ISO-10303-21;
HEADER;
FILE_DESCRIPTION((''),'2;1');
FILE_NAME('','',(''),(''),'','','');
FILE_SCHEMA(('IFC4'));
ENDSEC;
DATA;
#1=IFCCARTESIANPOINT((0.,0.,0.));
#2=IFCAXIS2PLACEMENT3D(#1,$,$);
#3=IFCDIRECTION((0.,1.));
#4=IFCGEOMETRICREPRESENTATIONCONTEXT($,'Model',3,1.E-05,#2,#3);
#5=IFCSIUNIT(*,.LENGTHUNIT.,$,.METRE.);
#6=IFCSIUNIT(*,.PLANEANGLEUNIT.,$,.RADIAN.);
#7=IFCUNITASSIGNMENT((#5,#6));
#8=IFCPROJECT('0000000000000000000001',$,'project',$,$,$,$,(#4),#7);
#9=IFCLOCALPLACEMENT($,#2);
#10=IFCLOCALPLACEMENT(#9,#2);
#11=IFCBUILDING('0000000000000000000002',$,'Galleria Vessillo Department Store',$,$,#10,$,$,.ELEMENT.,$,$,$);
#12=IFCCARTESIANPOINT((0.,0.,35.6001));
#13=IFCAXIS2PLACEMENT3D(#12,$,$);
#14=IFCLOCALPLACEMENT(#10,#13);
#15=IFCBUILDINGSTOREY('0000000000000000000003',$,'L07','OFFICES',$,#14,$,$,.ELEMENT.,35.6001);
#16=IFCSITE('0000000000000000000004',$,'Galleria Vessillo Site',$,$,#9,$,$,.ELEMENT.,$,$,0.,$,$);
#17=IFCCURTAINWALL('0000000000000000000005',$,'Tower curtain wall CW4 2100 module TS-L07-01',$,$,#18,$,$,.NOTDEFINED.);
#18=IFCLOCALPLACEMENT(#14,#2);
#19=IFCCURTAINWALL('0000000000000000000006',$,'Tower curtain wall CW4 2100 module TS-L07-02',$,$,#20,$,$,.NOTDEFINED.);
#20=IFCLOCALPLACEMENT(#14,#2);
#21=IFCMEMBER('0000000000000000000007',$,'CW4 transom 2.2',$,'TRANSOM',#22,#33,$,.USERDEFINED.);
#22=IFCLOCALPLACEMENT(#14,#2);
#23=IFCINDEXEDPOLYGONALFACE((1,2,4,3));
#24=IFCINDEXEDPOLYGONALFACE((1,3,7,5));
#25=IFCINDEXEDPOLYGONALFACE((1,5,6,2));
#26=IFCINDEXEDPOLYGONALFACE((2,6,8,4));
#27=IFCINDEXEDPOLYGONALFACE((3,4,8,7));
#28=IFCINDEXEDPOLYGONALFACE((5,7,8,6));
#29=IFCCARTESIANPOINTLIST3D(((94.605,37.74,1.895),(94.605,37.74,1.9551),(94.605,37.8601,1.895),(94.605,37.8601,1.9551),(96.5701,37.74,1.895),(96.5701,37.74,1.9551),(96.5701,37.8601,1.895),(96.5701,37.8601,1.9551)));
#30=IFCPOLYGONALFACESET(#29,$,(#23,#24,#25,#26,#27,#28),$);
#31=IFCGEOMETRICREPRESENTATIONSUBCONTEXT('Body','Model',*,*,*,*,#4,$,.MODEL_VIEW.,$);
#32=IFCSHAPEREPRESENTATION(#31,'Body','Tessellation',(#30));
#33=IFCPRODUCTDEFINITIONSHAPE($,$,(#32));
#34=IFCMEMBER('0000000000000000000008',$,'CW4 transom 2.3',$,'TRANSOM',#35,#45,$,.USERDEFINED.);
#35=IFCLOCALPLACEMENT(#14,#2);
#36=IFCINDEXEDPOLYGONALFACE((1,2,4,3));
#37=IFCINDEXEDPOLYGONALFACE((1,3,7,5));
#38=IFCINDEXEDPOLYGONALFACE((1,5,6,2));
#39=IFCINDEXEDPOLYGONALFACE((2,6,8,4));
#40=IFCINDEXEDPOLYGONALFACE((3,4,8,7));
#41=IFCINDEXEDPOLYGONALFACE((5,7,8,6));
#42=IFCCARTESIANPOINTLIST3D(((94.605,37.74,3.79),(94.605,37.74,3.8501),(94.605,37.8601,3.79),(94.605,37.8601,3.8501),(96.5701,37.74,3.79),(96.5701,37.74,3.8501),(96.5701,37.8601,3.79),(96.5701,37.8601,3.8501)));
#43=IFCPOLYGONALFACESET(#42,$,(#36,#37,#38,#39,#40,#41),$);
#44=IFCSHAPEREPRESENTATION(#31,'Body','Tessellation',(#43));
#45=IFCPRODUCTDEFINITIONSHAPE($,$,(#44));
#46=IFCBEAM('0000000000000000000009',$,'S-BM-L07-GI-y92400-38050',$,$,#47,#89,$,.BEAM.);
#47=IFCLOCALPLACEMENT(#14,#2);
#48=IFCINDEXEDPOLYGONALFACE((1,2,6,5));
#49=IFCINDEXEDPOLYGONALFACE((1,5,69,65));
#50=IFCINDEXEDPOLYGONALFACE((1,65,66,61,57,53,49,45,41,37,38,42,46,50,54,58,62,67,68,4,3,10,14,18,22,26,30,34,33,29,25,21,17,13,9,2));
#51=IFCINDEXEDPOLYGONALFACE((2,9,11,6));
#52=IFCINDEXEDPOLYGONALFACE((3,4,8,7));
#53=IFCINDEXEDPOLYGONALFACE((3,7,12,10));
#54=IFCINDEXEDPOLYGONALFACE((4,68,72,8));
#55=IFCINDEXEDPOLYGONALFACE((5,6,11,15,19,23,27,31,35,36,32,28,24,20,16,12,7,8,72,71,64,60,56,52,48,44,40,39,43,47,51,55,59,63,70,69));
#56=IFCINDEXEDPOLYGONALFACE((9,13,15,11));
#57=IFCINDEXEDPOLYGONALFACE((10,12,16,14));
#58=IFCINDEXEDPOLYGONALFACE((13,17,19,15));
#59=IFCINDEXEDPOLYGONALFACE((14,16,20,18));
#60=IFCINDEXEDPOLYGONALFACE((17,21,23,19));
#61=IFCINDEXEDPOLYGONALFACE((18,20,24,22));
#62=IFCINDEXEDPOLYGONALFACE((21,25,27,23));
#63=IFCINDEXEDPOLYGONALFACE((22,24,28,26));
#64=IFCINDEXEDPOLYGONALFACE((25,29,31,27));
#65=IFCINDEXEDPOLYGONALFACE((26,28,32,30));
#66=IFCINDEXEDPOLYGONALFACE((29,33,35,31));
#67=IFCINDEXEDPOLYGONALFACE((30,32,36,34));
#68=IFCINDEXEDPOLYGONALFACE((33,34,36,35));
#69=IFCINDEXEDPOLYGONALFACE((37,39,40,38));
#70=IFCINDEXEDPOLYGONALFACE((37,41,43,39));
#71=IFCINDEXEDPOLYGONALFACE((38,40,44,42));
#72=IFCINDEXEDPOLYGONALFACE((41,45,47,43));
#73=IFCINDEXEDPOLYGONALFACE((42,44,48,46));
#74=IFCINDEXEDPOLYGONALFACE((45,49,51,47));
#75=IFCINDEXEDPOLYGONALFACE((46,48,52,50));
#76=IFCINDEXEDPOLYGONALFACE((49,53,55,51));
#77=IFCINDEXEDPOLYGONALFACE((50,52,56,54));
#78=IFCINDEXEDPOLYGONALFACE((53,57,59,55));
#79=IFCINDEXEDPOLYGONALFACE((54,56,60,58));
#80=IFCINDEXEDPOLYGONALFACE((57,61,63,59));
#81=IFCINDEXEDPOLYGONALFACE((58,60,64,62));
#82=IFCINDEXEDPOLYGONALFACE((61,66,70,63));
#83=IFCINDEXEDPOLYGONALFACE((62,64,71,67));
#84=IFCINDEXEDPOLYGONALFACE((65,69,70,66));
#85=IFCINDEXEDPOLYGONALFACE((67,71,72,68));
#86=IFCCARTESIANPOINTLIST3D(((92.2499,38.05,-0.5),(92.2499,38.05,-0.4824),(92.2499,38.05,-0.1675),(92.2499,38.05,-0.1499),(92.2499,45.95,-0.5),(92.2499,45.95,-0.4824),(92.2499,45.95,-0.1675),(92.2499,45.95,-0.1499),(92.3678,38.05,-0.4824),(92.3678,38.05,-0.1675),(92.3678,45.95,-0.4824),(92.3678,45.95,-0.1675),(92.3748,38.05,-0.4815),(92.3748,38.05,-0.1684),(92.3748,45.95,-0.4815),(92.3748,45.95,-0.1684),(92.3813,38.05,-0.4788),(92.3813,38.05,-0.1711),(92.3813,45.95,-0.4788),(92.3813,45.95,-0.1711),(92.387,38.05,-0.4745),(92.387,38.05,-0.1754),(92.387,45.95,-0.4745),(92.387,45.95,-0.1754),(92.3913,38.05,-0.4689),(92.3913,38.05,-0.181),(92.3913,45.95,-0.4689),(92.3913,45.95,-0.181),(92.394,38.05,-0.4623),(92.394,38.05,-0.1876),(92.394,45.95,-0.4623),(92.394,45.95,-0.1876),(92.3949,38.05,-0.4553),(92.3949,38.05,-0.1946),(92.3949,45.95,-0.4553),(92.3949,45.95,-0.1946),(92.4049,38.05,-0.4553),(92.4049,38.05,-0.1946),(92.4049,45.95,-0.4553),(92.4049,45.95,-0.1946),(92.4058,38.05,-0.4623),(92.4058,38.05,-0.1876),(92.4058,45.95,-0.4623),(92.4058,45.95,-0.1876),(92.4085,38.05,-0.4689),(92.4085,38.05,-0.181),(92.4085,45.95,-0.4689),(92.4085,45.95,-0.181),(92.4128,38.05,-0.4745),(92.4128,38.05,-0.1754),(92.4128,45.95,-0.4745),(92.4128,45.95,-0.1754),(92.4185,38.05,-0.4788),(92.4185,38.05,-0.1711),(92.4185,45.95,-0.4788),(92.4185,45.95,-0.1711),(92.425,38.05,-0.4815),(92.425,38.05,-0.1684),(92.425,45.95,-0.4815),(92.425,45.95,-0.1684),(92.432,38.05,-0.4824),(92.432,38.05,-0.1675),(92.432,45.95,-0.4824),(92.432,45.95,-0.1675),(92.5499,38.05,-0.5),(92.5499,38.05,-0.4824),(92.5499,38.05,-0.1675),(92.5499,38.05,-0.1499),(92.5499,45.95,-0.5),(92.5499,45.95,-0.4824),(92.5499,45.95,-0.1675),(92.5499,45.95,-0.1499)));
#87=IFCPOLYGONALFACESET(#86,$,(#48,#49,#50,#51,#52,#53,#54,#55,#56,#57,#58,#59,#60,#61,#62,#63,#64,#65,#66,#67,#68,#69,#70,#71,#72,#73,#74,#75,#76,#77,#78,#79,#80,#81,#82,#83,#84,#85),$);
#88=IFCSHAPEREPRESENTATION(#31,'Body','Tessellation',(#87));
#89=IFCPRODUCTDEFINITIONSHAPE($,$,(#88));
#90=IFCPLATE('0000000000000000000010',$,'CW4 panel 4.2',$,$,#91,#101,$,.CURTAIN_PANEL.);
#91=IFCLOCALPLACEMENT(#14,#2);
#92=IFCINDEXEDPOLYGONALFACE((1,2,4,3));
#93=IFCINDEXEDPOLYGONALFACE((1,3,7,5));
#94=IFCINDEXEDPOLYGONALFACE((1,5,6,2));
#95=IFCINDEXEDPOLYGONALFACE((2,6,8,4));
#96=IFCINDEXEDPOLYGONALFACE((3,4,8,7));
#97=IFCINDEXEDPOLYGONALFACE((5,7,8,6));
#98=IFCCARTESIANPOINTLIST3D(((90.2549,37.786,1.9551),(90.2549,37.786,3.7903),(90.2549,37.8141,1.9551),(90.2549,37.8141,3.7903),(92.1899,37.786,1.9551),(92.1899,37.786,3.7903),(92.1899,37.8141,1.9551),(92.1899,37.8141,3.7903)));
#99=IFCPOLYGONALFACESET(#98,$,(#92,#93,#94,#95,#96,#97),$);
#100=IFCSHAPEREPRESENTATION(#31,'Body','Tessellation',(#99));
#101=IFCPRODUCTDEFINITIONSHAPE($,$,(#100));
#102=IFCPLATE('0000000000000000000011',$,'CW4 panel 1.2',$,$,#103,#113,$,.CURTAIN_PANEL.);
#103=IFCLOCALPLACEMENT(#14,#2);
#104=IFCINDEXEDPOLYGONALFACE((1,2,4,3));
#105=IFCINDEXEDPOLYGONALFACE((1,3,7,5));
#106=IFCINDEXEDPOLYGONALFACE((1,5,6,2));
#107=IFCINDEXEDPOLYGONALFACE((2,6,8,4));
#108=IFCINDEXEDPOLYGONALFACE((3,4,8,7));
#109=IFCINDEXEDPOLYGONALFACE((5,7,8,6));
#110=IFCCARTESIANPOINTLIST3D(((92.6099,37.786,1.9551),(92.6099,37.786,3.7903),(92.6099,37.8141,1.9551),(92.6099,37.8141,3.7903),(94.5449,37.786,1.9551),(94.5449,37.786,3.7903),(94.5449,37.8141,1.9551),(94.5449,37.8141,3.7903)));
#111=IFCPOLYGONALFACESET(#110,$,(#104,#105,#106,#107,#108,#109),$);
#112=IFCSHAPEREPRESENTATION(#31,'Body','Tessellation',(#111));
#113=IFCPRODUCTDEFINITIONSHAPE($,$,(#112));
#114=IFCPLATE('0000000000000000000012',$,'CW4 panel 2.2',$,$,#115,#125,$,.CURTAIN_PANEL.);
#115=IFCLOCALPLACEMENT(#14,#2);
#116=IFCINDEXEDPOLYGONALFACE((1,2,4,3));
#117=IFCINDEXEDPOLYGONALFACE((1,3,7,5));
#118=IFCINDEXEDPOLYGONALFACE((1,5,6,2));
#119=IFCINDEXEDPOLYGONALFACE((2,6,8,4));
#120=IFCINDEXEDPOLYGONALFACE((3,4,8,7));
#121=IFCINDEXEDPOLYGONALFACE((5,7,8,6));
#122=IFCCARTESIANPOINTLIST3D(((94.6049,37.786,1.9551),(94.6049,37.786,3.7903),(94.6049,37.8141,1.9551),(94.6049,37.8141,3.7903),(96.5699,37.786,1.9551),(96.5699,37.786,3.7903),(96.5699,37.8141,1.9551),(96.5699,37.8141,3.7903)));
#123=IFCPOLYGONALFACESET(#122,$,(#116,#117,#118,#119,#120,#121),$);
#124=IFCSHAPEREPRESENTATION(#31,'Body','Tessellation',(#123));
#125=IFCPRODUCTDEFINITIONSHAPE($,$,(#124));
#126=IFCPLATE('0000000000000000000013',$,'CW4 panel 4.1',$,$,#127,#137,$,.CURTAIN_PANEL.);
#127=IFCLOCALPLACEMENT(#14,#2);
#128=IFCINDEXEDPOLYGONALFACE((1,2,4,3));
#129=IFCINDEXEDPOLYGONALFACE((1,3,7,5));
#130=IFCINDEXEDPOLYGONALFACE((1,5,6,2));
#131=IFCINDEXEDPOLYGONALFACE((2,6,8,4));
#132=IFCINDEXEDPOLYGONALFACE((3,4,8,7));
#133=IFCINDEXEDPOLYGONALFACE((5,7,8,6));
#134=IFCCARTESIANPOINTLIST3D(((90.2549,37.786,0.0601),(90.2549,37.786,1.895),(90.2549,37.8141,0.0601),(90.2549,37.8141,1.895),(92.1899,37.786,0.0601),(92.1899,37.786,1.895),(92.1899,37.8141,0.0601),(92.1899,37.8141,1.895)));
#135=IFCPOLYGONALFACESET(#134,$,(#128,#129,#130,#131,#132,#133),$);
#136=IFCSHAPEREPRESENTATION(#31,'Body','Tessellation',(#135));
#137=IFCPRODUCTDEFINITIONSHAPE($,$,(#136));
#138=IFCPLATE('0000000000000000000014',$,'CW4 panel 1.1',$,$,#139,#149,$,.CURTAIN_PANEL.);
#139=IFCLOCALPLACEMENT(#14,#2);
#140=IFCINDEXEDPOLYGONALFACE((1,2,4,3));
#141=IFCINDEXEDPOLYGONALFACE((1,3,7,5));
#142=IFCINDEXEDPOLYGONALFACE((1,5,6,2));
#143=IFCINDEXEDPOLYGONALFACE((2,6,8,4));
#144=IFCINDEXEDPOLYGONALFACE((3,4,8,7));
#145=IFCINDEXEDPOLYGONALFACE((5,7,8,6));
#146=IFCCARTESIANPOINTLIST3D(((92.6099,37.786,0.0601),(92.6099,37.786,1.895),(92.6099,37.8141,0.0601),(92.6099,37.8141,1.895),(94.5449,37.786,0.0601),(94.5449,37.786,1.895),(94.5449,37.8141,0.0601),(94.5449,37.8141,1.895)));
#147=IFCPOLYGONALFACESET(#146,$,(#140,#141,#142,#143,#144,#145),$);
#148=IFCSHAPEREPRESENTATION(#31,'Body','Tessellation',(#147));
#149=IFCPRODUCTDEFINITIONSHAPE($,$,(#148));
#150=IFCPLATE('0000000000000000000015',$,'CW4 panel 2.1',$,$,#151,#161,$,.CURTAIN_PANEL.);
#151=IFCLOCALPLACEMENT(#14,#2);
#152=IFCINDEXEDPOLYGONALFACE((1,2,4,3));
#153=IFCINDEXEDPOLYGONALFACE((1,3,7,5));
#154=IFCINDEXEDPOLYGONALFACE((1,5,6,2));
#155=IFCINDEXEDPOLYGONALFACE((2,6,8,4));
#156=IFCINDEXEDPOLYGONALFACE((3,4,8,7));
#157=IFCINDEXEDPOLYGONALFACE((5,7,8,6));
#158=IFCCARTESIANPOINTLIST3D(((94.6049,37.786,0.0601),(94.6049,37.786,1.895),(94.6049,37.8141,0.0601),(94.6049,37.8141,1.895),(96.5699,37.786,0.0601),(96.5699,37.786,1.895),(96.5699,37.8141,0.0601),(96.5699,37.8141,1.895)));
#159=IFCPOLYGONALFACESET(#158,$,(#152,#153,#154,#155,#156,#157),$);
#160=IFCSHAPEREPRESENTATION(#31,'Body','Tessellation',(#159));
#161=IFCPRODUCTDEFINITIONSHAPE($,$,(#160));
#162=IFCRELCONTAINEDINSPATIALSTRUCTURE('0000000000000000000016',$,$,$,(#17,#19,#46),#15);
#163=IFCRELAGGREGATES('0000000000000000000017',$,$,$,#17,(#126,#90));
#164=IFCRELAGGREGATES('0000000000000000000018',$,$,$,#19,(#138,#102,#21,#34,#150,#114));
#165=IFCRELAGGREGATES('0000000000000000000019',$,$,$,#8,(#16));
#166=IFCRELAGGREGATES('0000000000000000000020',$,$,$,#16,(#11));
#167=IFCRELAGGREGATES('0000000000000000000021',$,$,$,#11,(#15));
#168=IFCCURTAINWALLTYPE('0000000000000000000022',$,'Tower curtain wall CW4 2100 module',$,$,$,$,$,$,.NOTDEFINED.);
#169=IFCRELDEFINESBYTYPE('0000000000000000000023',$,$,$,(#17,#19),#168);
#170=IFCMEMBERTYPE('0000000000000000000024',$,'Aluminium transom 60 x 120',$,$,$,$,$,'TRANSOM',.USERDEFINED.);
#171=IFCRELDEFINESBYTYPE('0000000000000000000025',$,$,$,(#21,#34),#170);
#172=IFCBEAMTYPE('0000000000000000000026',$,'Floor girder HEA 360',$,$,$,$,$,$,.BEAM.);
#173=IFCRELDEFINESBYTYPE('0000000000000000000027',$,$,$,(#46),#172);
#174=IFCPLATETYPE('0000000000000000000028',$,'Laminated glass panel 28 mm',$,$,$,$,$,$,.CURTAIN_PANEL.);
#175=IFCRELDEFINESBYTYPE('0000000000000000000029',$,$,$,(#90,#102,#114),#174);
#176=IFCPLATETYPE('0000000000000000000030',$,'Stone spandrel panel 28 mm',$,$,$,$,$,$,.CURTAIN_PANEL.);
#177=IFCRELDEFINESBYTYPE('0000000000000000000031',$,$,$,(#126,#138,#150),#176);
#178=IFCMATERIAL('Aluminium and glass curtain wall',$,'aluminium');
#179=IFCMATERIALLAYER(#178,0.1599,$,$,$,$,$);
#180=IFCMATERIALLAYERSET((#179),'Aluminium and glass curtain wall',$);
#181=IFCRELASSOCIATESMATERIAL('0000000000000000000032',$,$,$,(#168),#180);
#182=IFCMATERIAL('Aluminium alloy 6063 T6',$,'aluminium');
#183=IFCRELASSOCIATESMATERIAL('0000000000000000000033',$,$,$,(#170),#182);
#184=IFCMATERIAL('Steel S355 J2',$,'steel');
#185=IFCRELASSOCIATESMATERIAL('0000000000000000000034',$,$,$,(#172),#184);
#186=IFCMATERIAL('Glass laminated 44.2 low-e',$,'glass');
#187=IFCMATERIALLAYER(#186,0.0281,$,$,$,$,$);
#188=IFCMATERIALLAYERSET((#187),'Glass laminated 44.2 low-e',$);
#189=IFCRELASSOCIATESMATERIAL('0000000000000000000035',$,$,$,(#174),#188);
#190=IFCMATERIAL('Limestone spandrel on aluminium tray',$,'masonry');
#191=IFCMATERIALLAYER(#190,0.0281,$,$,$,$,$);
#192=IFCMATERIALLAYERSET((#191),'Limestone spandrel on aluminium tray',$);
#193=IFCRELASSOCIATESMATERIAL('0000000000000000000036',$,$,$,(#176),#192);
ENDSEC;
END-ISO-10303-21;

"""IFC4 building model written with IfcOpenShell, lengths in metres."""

from ifc_helpers import new_model, si_unit, direction, frame, origin, origin_2d, place, context, subcontext, project, spatial, rectangle, i_section, extrude, material, layer, layer_set, material_profile, profile_set, type_object, element, aggregate, save


model = new_model("IFC4")

# Units and contexts
model_context = context("Model", 3, precision=1e-05, world=origin(), true_north=direction((0.0, 1.0)))
body_context = subcontext(model_context, "Body", "Model", "MODEL_VIEW")
ifc_project = project(units=[si_unit("LENGTHUNIT", "METRE"), si_unit("PLANEANGLEUNIT", "RADIAN")], contexts=[model_context])

# Site, building, storey
site_placement = place(None, origin())
site = spatial("IfcSite", under=ifc_project, at=site_placement, Name="Galleria Vessillo Site", CompositionType="ELEMENT", RefElevation=0.0)
building_placement = place(site_placement, origin())
building = spatial("IfcBuilding", under=site, at=building_placement, Name="Galleria Vessillo Department Store", CompositionType="ELEMENT")
storey_placement = place(building_placement, frame((0.0, 0.0, 35.6001)))
storey = spatial("IfcBuildingStorey", under=building, at=storey_placement, Name="L07", Description="OFFICES", CompositionType="ELEMENT", Elevation=35.6001)

# Curtain wall
ifc_material_1 = material(Name="Aluminium and glass curtain wall", Category="aluminium")
ifc_layer_1 = layer(ifc_material_1, 0.1599)
ifc_layer_set_1 = layer_set([ifc_layer_1], Name="Aluminium and glass curtain wall")
curtain_wall_type = type_object("IfcCurtainWallType", Name="Tower curtain wall CW4 2100 module", PredefinedType="NOTDEFINED", material=ifc_layer_set_1)
curtain_wall_1_placement = place(storey_placement, origin())
curtain_wall_1 = element("IfcCurtainWall", 1, at=curtain_wall_1_placement, inside=storey, type_object=curtain_wall_type, Name="Tower curtain wall CW4 2100 module TS-L07-01", PredefinedType="NOTDEFINED")

# Curtain wall
curtain_wall_2_placement = place(storey_placement, origin())
curtain_wall_2 = element("IfcCurtainWall", 2, at=curtain_wall_2_placement, inside=storey, type_object=curtain_wall_type, Name="Tower curtain wall CW4 2100 module TS-L07-02", PredefinedType="NOTDEFINED")

# Members
ifc_material_2 = material(Name="Aluminium alloy 6063 T6", Category="aluminium")
ifc_material_profile_1 = material_profile(ifc_material_2, rectangle(XDim=0.1201, YDim=0.0601, at=origin_2d()), Name="AL 60x120")
ifc_profile_set_1 = profile_set([ifc_material_profile_1], Name="Aluminium alloy 6063 T6")
member_type_1 = type_object("IfcMemberType", Name="Aluminium transom 60 x 120", ElementType="TRANSOM", PredefinedType="USERDEFINED", material=ifc_profile_set_1)
member_1_placement = place(storey_placement, frame((94.605, 37.8, 1.925), z_axis=(1.0, 0.0, 0.0), x_axis=(0.0, 1.0, 0.0)))
member_1 = element("IfcMember", 3, at=member_1_placement, type_object=member_type_1, Name="CW4 transom 2.2", ObjectType="TRANSOM", PredefinedType="USERDEFINED", context=body_context, shape_type="SweptSolid", body=[
    extrude(rectangle(XDim=0.1201, YDim=0.0601, at=origin_2d()), origin(), (0.0, 0.0, 1.0), 1.9651),
])
member_2_placement = place(storey_placement, frame((94.605, 37.8, 3.8201), z_axis=(1.0, 0.0, 0.0), x_axis=(0.0, 1.0, 0.0)))
member_2 = element("IfcMember", 4, at=member_2_placement, type_object=member_type_1, Name="CW4 transom 2.3", ObjectType="TRANSOM", PredefinedType="USERDEFINED", context=body_context, shape_type="SweptSolid", body=[
    extrude(rectangle(XDim=0.1201, YDim=0.0601, at=origin_2d()), origin(), (0.0, 0.0, 1.0), 1.9651),
])

# Beam
ifc_material_3 = material(Name="Steel S355 J2", Category="steel")
ifc_material_profile_2 = material_profile(ifc_material_3, i_section(OverallWidth=0.3, OverallDepth=0.3501, WebThickness=0.01, FlangeThickness=0.0176, FilletRadius=0.0271, at=origin_2d()), Name="HEA 360")
ifc_profile_set_2 = profile_set([ifc_material_profile_2], Name="Steel S355 J2")
beam_type = type_object("IfcBeamType", Name="Floor girder HEA 360", PredefinedType="BEAM", material=ifc_profile_set_2)
beam_placement = place(storey_placement, frame((92.3999, 38.05, -0.325), z_axis=(0.0, 1.0, 0.0), x_axis=(-1.0, 0.0, 0.0)))
element("IfcBeam", 5, at=beam_placement, inside=storey, type_object=beam_type, Name="S-BM-L07-GI-y92400-38050", PredefinedType="BEAM", context=body_context, shape_type="SweptSolid", body=[
    extrude(i_section(OverallWidth=0.3, OverallDepth=0.3501, WebThickness=0.01, FlangeThickness=0.0176, FilletRadius=0.0271, at=origin_2d()), origin(), (0.0, 0.0, 1.0), 7.8999),
])

# Plates
ifc_material_4 = material(Name="Glass laminated 44.2 low-e", Category="glass")
ifc_layer_2 = layer(ifc_material_4, 0.0281)
ifc_layer_set_2 = layer_set([ifc_layer_2], Name="Glass laminated 44.2 low-e")
plate_type_1 = type_object("IfcPlateType", Name="Laminated glass panel 28 mm", PredefinedType="CURTAIN_PANEL", material=ifc_layer_set_2)
plate_1_placement = place(storey_placement, frame((91.2224, 37.8, 1.9551), z_axis=(0.0, 0.0, 1.0), x_axis=(1.0, 0.0, 0.0)))
plate_1 = element("IfcPlate", 6, at=plate_1_placement, type_object=plate_type_1, Name="CW4 panel 4.2", PredefinedType="CURTAIN_PANEL", context=body_context, shape_type="SweptSolid", body=[
    extrude(rectangle(XDim=1.9351, YDim=0.0281, at=origin_2d()), origin(), (0.0, 0.0, 1.0), 1.8352),
])
plate_2_placement = place(storey_placement, frame((93.5774, 37.8, 1.9551), z_axis=(0.0, 0.0, 1.0), x_axis=(1.0, 0.0, 0.0)))
plate_2 = element("IfcPlate", 7, at=plate_2_placement, type_object=plate_type_1, Name="CW4 panel 1.2", PredefinedType="CURTAIN_PANEL", context=body_context, shape_type="SweptSolid", body=[
    extrude(rectangle(XDim=1.9351, YDim=0.0281, at=origin_2d()), origin(), (0.0, 0.0, 1.0), 1.8352),
])
plate_3_placement = place(storey_placement, frame((95.5874, 37.8, 1.9551), z_axis=(0.0, 0.0, 1.0), x_axis=(1.0, 0.0, 0.0)))
plate_3 = element("IfcPlate", 8, at=plate_3_placement, type_object=plate_type_1, Name="CW4 panel 2.2", PredefinedType="CURTAIN_PANEL", context=body_context, shape_type="SweptSolid", body=[
    extrude(rectangle(XDim=1.9651, YDim=0.0281, at=origin_2d()), origin(), (0.0, 0.0, 1.0), 1.8352),
])
ifc_material_5 = material(Name="Limestone spandrel on aluminium tray", Category="masonry")
ifc_layer_3 = layer(ifc_material_5, 0.0281)
ifc_layer_set_3 = layer_set([ifc_layer_3], Name="Limestone spandrel on aluminium tray")
plate_type_2 = type_object("IfcPlateType", Name="Stone spandrel panel 28 mm", PredefinedType="CURTAIN_PANEL", material=ifc_layer_set_3)
plate_4_placement = place(storey_placement, frame((91.2224, 37.8, 0.0601), z_axis=(0.0, 0.0, 1.0), x_axis=(1.0, 0.0, 0.0)))
plate_4 = element("IfcPlate", 9, at=plate_4_placement, type_object=plate_type_2, Name="CW4 panel 4.1", PredefinedType="CURTAIN_PANEL", context=body_context, shape_type="SweptSolid", body=[
    extrude(rectangle(XDim=1.9351, YDim=0.0281, at=origin_2d()), origin(), (0.0, 0.0, 1.0), 1.835),
])
aggregate(curtain_wall_1, [plate_4, plate_1])
plate_5_placement = place(storey_placement, frame((93.5774, 37.8, 0.0601), z_axis=(0.0, 0.0, 1.0), x_axis=(1.0, 0.0, 0.0)))
plate_5 = element("IfcPlate", 10, at=plate_5_placement, type_object=plate_type_2, Name="CW4 panel 1.1", PredefinedType="CURTAIN_PANEL", context=body_context, shape_type="SweptSolid", body=[
    extrude(rectangle(XDim=1.9351, YDim=0.0281, at=origin_2d()), origin(), (0.0, 0.0, 1.0), 1.835),
])
plate_6_placement = place(storey_placement, frame((95.5874, 37.8, 0.0601), z_axis=(0.0, 0.0, 1.0), x_axis=(1.0, 0.0, 0.0)))
plate_6 = element("IfcPlate", 11, at=plate_6_placement, type_object=plate_type_2, Name="CW4 panel 2.1", PredefinedType="CURTAIN_PANEL", context=body_context, shape_type="SweptSolid", body=[
    extrude(rectangle(XDim=1.9651, YDim=0.0281, at=origin_2d()), origin(), (0.0, 0.0, 1.0), 1.835),
])
aggregate(curtain_wall_2, [plate_5, plate_2, member_1, member_2, plate_6, plate_3])

save(model, "model.ifc")
